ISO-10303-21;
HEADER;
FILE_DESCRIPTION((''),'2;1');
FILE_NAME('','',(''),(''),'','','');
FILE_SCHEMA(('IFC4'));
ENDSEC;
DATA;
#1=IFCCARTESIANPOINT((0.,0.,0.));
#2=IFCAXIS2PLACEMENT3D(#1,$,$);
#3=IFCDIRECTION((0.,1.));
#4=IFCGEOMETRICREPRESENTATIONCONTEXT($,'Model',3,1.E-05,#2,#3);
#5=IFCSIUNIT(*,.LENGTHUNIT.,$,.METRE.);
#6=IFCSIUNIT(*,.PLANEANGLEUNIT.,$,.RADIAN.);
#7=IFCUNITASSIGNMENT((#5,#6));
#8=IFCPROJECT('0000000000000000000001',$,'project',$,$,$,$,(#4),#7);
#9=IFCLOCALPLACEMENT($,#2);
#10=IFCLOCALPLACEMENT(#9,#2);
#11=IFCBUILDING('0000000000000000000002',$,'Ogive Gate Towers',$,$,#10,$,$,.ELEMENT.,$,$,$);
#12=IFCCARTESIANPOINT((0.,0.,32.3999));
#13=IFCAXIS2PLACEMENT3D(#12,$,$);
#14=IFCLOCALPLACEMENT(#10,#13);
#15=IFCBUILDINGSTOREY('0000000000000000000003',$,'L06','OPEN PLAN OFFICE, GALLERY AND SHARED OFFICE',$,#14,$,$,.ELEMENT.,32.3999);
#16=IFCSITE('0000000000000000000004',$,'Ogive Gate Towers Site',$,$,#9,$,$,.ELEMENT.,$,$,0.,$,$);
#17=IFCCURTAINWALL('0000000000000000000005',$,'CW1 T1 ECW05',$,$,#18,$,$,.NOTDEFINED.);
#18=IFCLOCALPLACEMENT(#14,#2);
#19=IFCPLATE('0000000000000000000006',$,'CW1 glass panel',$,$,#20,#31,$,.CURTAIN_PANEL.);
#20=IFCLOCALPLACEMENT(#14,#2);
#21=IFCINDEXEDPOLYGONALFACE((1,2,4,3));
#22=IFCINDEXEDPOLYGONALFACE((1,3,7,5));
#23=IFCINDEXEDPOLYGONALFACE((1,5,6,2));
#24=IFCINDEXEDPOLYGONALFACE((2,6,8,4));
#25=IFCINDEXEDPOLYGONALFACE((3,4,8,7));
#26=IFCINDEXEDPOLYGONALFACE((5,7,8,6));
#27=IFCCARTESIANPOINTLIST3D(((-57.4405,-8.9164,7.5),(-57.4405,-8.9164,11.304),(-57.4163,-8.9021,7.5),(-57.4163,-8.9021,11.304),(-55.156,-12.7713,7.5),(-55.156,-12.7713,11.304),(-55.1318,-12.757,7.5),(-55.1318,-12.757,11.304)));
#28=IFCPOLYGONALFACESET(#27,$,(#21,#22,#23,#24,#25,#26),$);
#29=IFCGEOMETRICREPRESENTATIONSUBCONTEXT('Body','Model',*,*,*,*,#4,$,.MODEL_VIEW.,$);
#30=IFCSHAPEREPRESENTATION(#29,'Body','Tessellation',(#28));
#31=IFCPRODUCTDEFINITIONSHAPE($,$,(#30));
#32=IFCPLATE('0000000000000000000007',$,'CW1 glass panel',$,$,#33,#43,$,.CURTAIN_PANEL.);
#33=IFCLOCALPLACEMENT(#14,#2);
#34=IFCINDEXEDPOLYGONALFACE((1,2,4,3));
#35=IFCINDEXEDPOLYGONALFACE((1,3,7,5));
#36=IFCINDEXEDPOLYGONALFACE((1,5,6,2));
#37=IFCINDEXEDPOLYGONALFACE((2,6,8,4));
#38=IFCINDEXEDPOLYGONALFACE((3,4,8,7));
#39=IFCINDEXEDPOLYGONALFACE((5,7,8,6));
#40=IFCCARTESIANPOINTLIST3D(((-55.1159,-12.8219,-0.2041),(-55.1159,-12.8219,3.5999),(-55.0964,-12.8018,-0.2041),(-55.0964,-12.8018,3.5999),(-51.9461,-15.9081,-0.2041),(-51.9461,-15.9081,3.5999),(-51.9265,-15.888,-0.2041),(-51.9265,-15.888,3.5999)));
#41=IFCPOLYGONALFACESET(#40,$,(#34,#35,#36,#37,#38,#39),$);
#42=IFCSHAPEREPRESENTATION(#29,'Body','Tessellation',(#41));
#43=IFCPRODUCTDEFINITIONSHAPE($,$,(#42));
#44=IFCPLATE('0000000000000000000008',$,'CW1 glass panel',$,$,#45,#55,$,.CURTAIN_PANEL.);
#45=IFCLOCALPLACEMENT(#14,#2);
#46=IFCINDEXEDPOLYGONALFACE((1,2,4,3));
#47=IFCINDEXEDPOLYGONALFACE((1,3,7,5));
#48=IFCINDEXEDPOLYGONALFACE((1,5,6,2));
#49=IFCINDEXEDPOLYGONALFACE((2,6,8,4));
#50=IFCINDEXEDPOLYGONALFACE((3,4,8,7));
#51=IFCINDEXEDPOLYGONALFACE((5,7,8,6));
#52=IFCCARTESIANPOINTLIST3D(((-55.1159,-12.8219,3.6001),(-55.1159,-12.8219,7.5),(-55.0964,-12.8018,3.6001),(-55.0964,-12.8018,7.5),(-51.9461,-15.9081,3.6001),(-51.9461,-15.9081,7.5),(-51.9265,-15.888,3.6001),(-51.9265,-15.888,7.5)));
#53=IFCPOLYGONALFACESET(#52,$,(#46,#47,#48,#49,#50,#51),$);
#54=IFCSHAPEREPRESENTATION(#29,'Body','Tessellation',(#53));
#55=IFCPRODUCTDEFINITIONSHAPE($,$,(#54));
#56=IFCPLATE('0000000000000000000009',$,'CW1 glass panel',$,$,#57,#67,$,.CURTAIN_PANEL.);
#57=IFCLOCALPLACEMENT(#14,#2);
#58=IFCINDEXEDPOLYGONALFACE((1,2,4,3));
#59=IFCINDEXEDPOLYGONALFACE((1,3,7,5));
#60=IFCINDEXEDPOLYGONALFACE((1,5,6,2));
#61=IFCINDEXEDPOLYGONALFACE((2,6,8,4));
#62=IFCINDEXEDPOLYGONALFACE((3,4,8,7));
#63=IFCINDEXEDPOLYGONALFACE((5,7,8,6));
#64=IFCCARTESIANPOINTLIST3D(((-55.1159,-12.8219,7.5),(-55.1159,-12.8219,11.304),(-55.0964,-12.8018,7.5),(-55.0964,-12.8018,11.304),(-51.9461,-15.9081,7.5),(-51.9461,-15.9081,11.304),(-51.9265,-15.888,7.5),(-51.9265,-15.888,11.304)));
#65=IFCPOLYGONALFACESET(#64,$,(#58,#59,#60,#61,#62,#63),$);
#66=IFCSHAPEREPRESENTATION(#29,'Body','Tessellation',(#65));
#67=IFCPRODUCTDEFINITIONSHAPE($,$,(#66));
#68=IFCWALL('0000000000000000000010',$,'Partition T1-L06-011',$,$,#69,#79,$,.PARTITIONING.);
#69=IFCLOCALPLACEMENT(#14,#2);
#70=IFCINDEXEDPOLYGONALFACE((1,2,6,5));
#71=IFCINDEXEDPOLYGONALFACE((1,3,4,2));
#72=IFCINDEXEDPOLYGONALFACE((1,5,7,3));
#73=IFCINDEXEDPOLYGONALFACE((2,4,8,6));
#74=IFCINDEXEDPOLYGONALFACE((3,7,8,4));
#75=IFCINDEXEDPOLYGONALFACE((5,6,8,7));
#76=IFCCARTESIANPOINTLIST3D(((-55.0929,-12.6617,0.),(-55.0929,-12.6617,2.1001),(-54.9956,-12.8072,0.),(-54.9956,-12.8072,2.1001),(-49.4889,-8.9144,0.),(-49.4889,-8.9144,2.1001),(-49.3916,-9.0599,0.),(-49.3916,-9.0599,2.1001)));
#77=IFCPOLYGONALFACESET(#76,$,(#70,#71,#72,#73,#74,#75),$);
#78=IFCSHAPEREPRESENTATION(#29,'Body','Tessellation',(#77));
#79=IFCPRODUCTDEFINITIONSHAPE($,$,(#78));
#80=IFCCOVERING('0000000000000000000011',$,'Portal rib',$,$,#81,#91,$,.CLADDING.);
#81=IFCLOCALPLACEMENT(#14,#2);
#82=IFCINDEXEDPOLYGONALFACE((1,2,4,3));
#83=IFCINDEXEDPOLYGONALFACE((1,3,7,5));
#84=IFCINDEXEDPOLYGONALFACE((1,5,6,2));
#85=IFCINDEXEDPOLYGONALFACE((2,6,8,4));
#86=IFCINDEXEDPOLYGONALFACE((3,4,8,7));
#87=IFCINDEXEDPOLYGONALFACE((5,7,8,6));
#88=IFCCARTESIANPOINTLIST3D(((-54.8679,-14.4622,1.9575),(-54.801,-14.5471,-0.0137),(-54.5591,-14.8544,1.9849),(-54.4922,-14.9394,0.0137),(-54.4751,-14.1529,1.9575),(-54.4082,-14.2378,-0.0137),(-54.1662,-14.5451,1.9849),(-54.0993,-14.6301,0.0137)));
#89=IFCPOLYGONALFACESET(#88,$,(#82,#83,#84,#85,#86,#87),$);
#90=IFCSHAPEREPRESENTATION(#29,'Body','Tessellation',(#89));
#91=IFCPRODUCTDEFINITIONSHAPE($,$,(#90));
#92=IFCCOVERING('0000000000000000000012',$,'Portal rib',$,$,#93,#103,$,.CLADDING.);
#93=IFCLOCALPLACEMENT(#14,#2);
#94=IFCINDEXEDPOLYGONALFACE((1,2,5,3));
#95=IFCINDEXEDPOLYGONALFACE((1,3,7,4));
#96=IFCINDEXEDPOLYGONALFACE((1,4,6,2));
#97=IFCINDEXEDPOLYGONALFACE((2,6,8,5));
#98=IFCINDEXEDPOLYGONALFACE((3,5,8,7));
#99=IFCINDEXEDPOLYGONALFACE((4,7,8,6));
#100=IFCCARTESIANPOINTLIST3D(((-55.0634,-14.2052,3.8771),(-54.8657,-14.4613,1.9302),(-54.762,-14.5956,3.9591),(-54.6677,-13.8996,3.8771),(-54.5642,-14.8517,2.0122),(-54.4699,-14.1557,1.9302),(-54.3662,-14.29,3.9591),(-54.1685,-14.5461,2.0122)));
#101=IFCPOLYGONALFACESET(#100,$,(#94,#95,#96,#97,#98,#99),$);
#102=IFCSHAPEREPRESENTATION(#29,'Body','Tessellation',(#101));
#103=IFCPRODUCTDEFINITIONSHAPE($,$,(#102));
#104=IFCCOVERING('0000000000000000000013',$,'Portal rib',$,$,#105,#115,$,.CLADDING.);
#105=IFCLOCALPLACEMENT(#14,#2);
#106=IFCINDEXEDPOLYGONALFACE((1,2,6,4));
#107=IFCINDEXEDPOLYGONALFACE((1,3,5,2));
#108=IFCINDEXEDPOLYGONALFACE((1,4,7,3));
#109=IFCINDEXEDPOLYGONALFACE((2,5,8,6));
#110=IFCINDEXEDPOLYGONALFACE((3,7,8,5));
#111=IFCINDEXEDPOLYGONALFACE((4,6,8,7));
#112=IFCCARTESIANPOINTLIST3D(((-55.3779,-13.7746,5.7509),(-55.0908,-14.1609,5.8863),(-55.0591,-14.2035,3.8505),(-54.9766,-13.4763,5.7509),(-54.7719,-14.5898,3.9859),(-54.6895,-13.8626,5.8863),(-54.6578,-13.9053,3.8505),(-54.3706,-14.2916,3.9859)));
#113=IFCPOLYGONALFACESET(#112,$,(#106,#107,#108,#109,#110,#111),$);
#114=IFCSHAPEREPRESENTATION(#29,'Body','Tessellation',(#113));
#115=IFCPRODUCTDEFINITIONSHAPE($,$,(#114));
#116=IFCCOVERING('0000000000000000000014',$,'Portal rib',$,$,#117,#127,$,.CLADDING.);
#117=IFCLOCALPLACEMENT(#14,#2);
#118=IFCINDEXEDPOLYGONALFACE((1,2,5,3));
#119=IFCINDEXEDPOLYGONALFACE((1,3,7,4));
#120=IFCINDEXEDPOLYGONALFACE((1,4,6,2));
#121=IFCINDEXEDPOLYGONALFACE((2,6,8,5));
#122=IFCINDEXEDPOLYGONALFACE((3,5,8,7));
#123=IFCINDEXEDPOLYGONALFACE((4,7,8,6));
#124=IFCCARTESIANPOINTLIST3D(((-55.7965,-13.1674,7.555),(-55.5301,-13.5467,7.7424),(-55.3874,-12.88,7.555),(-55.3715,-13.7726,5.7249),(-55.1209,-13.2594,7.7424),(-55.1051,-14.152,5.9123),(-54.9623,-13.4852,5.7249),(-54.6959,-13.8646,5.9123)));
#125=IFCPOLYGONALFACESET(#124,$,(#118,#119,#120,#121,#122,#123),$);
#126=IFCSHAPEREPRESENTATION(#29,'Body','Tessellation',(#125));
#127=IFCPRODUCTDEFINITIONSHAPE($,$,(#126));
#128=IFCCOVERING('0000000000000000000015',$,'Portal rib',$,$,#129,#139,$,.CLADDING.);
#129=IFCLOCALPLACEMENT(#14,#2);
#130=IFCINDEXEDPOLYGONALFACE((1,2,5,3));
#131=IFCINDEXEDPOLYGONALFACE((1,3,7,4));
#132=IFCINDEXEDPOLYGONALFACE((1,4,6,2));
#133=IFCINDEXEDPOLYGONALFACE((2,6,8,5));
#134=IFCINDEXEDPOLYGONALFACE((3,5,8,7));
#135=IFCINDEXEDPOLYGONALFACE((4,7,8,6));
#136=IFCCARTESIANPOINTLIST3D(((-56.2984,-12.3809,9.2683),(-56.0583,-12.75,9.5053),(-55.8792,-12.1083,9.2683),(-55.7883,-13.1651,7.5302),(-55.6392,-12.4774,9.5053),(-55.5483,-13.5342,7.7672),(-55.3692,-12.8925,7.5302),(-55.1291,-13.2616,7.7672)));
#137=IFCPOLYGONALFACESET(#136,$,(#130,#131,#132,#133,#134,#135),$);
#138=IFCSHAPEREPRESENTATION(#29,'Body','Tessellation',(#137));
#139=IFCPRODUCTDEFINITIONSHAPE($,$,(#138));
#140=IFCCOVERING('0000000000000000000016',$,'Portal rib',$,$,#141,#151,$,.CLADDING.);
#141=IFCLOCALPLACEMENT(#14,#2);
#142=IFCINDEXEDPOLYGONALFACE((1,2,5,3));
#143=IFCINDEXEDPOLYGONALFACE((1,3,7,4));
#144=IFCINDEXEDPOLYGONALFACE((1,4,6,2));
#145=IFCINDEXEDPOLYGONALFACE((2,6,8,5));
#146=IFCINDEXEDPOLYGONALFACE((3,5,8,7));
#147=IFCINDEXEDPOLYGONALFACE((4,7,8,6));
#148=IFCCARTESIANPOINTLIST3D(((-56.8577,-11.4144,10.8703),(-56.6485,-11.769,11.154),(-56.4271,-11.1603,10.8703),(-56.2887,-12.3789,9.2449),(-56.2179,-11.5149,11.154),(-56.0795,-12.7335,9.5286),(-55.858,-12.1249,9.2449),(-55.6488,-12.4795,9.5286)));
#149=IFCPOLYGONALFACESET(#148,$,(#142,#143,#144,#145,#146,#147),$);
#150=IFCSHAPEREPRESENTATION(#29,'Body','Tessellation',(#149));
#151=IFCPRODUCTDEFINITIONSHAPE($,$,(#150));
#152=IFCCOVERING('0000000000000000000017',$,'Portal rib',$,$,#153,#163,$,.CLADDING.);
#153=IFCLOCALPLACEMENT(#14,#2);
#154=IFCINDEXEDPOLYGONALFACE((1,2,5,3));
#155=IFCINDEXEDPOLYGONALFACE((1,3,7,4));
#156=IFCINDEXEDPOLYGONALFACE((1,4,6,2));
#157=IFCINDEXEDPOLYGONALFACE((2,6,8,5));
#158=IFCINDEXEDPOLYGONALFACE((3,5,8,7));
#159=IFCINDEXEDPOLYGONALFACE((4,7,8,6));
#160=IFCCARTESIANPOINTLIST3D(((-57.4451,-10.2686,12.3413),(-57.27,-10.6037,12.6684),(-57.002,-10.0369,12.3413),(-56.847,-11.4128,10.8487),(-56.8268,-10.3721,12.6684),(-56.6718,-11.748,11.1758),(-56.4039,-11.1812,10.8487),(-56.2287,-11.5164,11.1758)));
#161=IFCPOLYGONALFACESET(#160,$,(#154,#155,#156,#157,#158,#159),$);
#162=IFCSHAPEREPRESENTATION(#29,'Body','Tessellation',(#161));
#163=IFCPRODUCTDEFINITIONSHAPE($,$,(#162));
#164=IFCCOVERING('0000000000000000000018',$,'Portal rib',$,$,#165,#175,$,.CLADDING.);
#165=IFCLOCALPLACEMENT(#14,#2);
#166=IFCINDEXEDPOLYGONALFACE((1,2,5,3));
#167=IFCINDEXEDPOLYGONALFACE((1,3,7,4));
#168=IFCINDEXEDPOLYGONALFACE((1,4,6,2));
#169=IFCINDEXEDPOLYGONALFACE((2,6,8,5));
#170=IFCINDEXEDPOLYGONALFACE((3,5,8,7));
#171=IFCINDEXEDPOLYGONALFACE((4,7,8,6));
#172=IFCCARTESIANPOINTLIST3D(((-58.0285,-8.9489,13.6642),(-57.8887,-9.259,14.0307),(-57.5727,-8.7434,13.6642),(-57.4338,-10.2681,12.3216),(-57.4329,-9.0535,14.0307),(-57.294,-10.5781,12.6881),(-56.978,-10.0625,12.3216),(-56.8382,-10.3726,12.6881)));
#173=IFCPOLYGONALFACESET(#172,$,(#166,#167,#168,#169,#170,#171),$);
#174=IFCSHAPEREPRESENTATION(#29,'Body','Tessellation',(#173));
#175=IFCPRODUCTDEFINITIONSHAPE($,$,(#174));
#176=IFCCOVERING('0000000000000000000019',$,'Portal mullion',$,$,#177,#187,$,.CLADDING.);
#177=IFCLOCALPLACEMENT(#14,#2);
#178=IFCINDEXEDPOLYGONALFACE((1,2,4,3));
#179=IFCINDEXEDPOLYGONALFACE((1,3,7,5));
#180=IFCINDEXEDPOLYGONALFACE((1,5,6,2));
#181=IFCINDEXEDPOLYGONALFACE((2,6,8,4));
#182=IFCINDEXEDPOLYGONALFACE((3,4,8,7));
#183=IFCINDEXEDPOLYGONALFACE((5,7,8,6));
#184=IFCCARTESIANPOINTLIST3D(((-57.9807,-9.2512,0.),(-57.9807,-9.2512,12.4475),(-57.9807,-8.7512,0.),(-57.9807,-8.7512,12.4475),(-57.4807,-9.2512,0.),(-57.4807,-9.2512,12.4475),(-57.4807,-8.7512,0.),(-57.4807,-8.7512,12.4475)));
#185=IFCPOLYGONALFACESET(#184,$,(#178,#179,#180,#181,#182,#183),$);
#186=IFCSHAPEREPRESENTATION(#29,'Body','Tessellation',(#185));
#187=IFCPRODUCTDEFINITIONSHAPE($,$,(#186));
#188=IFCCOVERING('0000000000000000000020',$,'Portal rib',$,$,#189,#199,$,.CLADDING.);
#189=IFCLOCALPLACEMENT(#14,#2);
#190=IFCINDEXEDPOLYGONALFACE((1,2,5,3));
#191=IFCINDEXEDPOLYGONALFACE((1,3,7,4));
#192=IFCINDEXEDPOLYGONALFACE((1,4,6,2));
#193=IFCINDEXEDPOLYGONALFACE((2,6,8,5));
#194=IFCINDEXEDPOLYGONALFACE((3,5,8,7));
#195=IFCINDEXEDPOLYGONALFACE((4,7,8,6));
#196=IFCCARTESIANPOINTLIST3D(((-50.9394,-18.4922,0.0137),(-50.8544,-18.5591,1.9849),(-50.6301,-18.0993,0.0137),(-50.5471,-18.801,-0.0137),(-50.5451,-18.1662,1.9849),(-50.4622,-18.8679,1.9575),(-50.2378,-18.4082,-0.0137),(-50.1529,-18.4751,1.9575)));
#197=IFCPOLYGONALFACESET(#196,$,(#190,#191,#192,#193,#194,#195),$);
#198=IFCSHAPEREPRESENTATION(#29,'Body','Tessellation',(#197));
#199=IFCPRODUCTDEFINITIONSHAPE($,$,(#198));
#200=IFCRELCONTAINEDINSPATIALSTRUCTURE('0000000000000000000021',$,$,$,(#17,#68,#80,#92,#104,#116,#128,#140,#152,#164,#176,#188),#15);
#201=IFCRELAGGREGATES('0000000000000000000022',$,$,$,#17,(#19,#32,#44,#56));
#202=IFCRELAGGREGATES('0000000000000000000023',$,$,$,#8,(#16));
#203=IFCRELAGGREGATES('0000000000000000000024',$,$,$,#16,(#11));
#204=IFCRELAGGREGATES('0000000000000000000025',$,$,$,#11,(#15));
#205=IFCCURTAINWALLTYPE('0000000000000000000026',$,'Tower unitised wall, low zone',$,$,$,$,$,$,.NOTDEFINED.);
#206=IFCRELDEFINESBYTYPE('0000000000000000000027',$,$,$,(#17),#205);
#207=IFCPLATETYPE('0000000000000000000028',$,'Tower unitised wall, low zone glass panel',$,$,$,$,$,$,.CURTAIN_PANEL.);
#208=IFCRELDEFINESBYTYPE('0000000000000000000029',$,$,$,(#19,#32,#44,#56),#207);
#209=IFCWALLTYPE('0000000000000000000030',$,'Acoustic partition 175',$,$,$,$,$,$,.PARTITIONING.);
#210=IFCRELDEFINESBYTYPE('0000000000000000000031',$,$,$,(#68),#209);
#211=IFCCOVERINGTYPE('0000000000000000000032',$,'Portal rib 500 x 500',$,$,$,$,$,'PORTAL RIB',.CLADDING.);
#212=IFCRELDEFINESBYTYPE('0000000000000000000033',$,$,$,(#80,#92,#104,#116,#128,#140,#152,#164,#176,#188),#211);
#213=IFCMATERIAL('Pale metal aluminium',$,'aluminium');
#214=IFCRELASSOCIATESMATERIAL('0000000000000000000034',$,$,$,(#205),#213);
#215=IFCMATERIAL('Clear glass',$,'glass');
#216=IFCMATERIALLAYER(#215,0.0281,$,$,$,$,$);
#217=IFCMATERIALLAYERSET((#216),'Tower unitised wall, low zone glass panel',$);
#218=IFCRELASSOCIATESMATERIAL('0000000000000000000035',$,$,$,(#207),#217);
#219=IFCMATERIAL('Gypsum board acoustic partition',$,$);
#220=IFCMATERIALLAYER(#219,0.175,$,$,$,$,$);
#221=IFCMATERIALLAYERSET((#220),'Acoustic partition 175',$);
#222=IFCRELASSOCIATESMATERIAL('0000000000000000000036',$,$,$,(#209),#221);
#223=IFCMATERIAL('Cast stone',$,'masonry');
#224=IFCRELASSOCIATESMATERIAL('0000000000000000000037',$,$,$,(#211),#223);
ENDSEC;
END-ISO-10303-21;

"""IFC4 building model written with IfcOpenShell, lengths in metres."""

from ifc_helpers import new_model, si_unit, direction, frame, frame_2d, origin, origin_2d, place, context, subcontext, project, spatial, rectangle, extrude, material, layer, layer_set, material_profile, profile_set, type_object, element, aggregate, save


model = new_model("IFC4")

# Units and contexts
model_context = context("Model", 3, precision=1e-05, world=origin(), true_north=direction((0.0, 1.0)))
body_context = subcontext(model_context, "Body", "Model", "MODEL_VIEW")
ifc_project = project(units=[si_unit("LENGTHUNIT", "METRE"), si_unit("PLANEANGLEUNIT", "RADIAN")], contexts=[model_context])

# Site, building, storey
site_placement = place(None, origin())
site = spatial("IfcSite", under=ifc_project, at=site_placement, Name="Ogive Gate Towers Site", CompositionType="ELEMENT", RefElevation=0.0)
building_placement = place(site_placement, origin())
building = spatial("IfcBuilding", under=site, at=building_placement, Name="Ogive Gate Towers", CompositionType="ELEMENT")
storey_placement = place(building_placement, frame((0.0, 0.0, 32.3999)))
storey = spatial("IfcBuildingStorey", under=building, at=storey_placement, Name="L06", Description="OPEN PLAN OFFICE, GALLERY AND SHARED OFFICE", CompositionType="ELEMENT", Elevation=32.3999)

# Curtain wall
ifc_material_1 = material(Name="Pale metal aluminium", Category="aluminium")
curtain_wall_type = type_object("IfcCurtainWallType", Name="Tower unitised wall, low zone", PredefinedType="NOTDEFINED", material=ifc_material_1)
curtain_wall_1_placement = place(storey_placement, origin())
curtain_wall_1 = element("IfcCurtainWall", 1, at=curtain_wall_1_placement, inside=storey, type_object=curtain_wall_type, Name="CW1 T1 ECW05", PredefinedType="NOTDEFINED")

# Plates
ifc_material_2 = material(Name="Clear glass", Category="glass")
ifc_layer_1 = layer(ifc_material_2, 0.0281)
ifc_layer_set_1 = layer_set([ifc_layer_1], Name="Tower unitised wall, low zone glass panel")
plate_type = type_object("IfcPlateType", Name="Tower unitised wall, low zone glass panel", PredefinedType="CURTAIN_PANEL", material=ifc_layer_set_1)
plate_1_placement = place(storey_placement, frame((-56.2861, -10.8367, 7.5), z_axis=(0.0, 0.0, 1.0), x_axis=(0.509822, -0.86028, 0.0)))
plate_1 = element("IfcPlate", 2, at=plate_1_placement, type_object=plate_type, Name="CW1 glass panel", PredefinedType="CURTAIN_PANEL", context=body_context, shape_type="SweptSolid", body=[
    extrude(rectangle(XDim=4.481, YDim=0.0281, at=origin_2d()), origin(), (0.0, 0.0, 1.0), 3.804),
])
plate_2_placement = place(storey_placement, frame((-53.5212, -14.355, -0.2041), z_axis=(0.0, 0.0, 1.0), x_axis=(0.716497, -0.69759, 0.0)))
plate_2 = element("IfcPlate", 3, at=plate_2_placement, type_object=plate_type, Name="CW1 glass panel", PredefinedType="CURTAIN_PANEL", context=body_context, shape_type="SweptSolid", body=[
    extrude(rectangle(XDim=4.4241, YDim=0.0281, at=origin_2d()), origin(), (0.0, 0.0, 1.0), 3.804),
])
plate_3_placement = place(storey_placement, frame((-53.5212, -14.355, 3.6001), z_axis=(0.0, 0.0, 1.0), x_axis=(0.716497, -0.69759, 0.0)))
plate_3 = element("IfcPlate", 4, at=plate_3_placement, type_object=plate_type, Name="CW1 glass panel", PredefinedType="CURTAIN_PANEL", context=body_context, shape_type="SweptSolid", body=[
    extrude(rectangle(XDim=4.4241, YDim=0.0281, at=origin_2d()), origin(), (0.0, 0.0, 1.0), 3.8999),
])
plate_4_placement = place(storey_placement, frame((-53.5212, -14.355, 7.5), z_axis=(0.0, 0.0, 1.0), x_axis=(0.716497, -0.69759, 0.0)))
plate_4 = element("IfcPlate", 5, at=plate_4_placement, type_object=plate_type, Name="CW1 glass panel", PredefinedType="CURTAIN_PANEL", context=body_context, shape_type="SweptSolid", body=[
    extrude(rectangle(XDim=4.4241, YDim=0.0281, at=origin_2d()), origin(), (0.0, 0.0, 1.0), 3.804),
])
aggregate(curtain_wall_1, [plate_1, plate_2, plate_3, plate_4])

# Wall
ifc_material_3 = material(Name="Gypsum board acoustic partition")
ifc_layer_2 = layer(ifc_material_3, 0.175)
ifc_layer_set_2 = layer_set([ifc_layer_2], Name="Acoustic partition 175")
wall_type = type_object("IfcWallType", Name="Acoustic partition 175", PredefinedType="PARTITIONING", material=ifc_layer_set_2)
wall_placement = place(storey_placement, frame((-55.0442, -12.7344, 0.0), z_axis=(0.0, 0.0, 1.0), x_axis=(0.831275, 0.555861, 0.0)))
element("IfcWall", 6, at=wall_placement, inside=storey, type_object=wall_type, Name="Partition T1-L06-011", PredefinedType="PARTITIONING", context=body_context, shape_type="SweptSolid", body=[
    extrude(rectangle(XDim=6.7415, YDim=0.175, at=frame_2d((3.3706, 0.0))), origin(), (0.0, 0.0, 1.0), 2.1001),
])

# Coverings
ifc_material_4 = material(Name="Cast stone", Category="masonry")
ifc_material_profile_1 = material_profile(ifc_material_4, rectangle(XDim=0.5, YDim=0.5, at=origin_2d()), Name="500 x 500 cast stone")
ifc_profile_set_1 = profile_set([ifc_material_profile_1], Name="Cast stone")
covering_type = type_object("IfcCoveringType", Name="Portal rib 500 x 500", ElementType="PORTAL RIB", PredefinedType="CLADDING", material=ifc_profile_set_1)
covering_1_placement = place(storey_placement, frame((-54.4502, -14.5886, 0.0), z_axis=(-0.033885, 0.043037, 0.998499), x_axis=(-0.785691, -0.618619, 0.0)))
element("IfcCovering", 7, at=covering_1_placement, inside=storey, type_object=covering_type, Name="Portal rib", PredefinedType="CLADDING", context=body_context, shape_type="SweptSolid", body=[
    extrude(rectangle(XDim=0.5, YDim=0.5, at=origin_2d()), origin(), (0.0, 0.0, 1.0), 1.9741),
])
covering_2_placement = place(storey_placement, frame((-54.5171, -14.5037, 1.9712), z_axis=(-0.100193, 0.129756, 0.986471), x_axis=(-0.791501, -0.611168, 0.0)))
element("IfcCovering", 8, at=covering_2_placement, inside=storey, type_object=covering_type, Name="Portal rib", PredefinedType="CLADDING", context=body_context, shape_type="SweptSolid", body=[
    extrude(rectangle(XDim=0.5, YDim=0.5, at=origin_2d()), origin(), (0.0, 0.0, 1.0), 1.9736),
])
covering_3_placement = place(storey_placement, frame((-54.7148, -14.2476, 3.9182), z_axis=(-0.161514, 0.217289, 0.962652), x_axis=(-0.802569, -0.596559, 0.0)))
element("IfcCovering", 9, at=covering_3_placement, inside=storey, type_object=covering_type, Name="Portal rib", PredefinedType="CLADDING", context=body_context, shape_type="SweptSolid", body=[
    extrude(rectangle(XDim=0.5, YDim=0.5, at=origin_2d()), origin(), (0.0, 0.0, 1.0), 1.9741),
])
for number, where, z_axis, x_axis, name in (
    (10, (-55.0337, -13.8186, 5.8186), (-0.215338, 0.306619, 0.927154), (-0.818347, -0.574725, 0.0), "Portal rib"),
    (11, (-55.4587, -13.2134, 7.6487), (-0.258392, 0.397298, 0.880561), (-0.8383, -0.545208, 0.0), "Portal rib"),
    (12, (-55.9688, -12.4292, 9.3867), (-0.288299, 0.488661, 0.823464), (-0.861278, -0.508134, 0.0), "Portal rib"),
):
    element("IfcCovering", number, at=place(storey_placement, frame(where, z_axis=z_axis, x_axis=x_axis)), inside=storey, type_object=covering_type, Name=name, PredefinedType="CLADDING", context=body_context, shape_type="SweptSolid", body=[
        extrude(rectangle(XDim=0.5, YDim=0.5, at=origin_2d()), origin(), (0.0, 0.0, 1.0), 1.9739),
    ])
covering_4_placement = place(storey_placement, frame((-56.5378, -11.4646, 11.0122), z_axis=(-0.303067, 0.579785, 0.756306), x_axis=(-0.886227, -0.463251, 0.0)))
element("IfcCovering", 13, at=covering_4_placement, inside=storey, type_object=covering_type, Name="Portal rib", PredefinedType="CLADDING", context=body_context, shape_type="SweptSolid", body=[
    extrude(rectangle(XDim=0.5, YDim=0.5, at=origin_2d()), origin(), (0.0, 0.0, 1.0), 1.9736),
])
covering_5_placement = place(storey_placement, frame((-57.136, -10.3203, 12.5049), z_axis=(-0.301303, 0.668283, 0.680157), x_axis=(-0.911628, -0.411017, 0.0)))
element("IfcCovering", 14, at=covering_5_placement, inside=storey, type_object=covering_type, Name="Portal rib", PredefinedType="CLADDING", context=body_context, shape_type="SweptSolid", body=[
    extrude(rectangle(XDim=0.5, YDim=0.5, at=origin_2d()), origin(), (0.0, 0.0, 1.0), 1.9739),
])
covering_6_placement = place(storey_placement, frame((-57.7307, -9.0012, 0.0), z_axis=(0.0, 0.0, 1.0), x_axis=(1.0, 0.0, 0.0)))
element("IfcCovering", 15, at=covering_6_placement, inside=storey, type_object=covering_type, Name="Portal mullion", PredefinedType="CLADDING", context=body_context, shape_type="SweptSolid", body=[
    extrude(rectangle(XDim=0.5, YDim=0.5, at=origin_2d()), origin(), (0.0, 0.0, 1.0), 12.4475),
])
covering_7_placement = place(storey_placement, frame((-50.5886, -18.4502, 0.0), z_axis=(0.043037, -0.033885, 0.998499), x_axis=(0.618619, 0.785691, 0.0)))
element("IfcCovering", 16, at=covering_7_placement, inside=storey, type_object=covering_type, Name="Portal rib", PredefinedType="CLADDING", context=body_context, shape_type="SweptSolid", body=[
    extrude(rectangle(XDim=0.5, YDim=0.5, at=origin_2d()), origin(), (0.0, 0.0, 1.0), 1.9741),
])

save(model, "model.ifc")
